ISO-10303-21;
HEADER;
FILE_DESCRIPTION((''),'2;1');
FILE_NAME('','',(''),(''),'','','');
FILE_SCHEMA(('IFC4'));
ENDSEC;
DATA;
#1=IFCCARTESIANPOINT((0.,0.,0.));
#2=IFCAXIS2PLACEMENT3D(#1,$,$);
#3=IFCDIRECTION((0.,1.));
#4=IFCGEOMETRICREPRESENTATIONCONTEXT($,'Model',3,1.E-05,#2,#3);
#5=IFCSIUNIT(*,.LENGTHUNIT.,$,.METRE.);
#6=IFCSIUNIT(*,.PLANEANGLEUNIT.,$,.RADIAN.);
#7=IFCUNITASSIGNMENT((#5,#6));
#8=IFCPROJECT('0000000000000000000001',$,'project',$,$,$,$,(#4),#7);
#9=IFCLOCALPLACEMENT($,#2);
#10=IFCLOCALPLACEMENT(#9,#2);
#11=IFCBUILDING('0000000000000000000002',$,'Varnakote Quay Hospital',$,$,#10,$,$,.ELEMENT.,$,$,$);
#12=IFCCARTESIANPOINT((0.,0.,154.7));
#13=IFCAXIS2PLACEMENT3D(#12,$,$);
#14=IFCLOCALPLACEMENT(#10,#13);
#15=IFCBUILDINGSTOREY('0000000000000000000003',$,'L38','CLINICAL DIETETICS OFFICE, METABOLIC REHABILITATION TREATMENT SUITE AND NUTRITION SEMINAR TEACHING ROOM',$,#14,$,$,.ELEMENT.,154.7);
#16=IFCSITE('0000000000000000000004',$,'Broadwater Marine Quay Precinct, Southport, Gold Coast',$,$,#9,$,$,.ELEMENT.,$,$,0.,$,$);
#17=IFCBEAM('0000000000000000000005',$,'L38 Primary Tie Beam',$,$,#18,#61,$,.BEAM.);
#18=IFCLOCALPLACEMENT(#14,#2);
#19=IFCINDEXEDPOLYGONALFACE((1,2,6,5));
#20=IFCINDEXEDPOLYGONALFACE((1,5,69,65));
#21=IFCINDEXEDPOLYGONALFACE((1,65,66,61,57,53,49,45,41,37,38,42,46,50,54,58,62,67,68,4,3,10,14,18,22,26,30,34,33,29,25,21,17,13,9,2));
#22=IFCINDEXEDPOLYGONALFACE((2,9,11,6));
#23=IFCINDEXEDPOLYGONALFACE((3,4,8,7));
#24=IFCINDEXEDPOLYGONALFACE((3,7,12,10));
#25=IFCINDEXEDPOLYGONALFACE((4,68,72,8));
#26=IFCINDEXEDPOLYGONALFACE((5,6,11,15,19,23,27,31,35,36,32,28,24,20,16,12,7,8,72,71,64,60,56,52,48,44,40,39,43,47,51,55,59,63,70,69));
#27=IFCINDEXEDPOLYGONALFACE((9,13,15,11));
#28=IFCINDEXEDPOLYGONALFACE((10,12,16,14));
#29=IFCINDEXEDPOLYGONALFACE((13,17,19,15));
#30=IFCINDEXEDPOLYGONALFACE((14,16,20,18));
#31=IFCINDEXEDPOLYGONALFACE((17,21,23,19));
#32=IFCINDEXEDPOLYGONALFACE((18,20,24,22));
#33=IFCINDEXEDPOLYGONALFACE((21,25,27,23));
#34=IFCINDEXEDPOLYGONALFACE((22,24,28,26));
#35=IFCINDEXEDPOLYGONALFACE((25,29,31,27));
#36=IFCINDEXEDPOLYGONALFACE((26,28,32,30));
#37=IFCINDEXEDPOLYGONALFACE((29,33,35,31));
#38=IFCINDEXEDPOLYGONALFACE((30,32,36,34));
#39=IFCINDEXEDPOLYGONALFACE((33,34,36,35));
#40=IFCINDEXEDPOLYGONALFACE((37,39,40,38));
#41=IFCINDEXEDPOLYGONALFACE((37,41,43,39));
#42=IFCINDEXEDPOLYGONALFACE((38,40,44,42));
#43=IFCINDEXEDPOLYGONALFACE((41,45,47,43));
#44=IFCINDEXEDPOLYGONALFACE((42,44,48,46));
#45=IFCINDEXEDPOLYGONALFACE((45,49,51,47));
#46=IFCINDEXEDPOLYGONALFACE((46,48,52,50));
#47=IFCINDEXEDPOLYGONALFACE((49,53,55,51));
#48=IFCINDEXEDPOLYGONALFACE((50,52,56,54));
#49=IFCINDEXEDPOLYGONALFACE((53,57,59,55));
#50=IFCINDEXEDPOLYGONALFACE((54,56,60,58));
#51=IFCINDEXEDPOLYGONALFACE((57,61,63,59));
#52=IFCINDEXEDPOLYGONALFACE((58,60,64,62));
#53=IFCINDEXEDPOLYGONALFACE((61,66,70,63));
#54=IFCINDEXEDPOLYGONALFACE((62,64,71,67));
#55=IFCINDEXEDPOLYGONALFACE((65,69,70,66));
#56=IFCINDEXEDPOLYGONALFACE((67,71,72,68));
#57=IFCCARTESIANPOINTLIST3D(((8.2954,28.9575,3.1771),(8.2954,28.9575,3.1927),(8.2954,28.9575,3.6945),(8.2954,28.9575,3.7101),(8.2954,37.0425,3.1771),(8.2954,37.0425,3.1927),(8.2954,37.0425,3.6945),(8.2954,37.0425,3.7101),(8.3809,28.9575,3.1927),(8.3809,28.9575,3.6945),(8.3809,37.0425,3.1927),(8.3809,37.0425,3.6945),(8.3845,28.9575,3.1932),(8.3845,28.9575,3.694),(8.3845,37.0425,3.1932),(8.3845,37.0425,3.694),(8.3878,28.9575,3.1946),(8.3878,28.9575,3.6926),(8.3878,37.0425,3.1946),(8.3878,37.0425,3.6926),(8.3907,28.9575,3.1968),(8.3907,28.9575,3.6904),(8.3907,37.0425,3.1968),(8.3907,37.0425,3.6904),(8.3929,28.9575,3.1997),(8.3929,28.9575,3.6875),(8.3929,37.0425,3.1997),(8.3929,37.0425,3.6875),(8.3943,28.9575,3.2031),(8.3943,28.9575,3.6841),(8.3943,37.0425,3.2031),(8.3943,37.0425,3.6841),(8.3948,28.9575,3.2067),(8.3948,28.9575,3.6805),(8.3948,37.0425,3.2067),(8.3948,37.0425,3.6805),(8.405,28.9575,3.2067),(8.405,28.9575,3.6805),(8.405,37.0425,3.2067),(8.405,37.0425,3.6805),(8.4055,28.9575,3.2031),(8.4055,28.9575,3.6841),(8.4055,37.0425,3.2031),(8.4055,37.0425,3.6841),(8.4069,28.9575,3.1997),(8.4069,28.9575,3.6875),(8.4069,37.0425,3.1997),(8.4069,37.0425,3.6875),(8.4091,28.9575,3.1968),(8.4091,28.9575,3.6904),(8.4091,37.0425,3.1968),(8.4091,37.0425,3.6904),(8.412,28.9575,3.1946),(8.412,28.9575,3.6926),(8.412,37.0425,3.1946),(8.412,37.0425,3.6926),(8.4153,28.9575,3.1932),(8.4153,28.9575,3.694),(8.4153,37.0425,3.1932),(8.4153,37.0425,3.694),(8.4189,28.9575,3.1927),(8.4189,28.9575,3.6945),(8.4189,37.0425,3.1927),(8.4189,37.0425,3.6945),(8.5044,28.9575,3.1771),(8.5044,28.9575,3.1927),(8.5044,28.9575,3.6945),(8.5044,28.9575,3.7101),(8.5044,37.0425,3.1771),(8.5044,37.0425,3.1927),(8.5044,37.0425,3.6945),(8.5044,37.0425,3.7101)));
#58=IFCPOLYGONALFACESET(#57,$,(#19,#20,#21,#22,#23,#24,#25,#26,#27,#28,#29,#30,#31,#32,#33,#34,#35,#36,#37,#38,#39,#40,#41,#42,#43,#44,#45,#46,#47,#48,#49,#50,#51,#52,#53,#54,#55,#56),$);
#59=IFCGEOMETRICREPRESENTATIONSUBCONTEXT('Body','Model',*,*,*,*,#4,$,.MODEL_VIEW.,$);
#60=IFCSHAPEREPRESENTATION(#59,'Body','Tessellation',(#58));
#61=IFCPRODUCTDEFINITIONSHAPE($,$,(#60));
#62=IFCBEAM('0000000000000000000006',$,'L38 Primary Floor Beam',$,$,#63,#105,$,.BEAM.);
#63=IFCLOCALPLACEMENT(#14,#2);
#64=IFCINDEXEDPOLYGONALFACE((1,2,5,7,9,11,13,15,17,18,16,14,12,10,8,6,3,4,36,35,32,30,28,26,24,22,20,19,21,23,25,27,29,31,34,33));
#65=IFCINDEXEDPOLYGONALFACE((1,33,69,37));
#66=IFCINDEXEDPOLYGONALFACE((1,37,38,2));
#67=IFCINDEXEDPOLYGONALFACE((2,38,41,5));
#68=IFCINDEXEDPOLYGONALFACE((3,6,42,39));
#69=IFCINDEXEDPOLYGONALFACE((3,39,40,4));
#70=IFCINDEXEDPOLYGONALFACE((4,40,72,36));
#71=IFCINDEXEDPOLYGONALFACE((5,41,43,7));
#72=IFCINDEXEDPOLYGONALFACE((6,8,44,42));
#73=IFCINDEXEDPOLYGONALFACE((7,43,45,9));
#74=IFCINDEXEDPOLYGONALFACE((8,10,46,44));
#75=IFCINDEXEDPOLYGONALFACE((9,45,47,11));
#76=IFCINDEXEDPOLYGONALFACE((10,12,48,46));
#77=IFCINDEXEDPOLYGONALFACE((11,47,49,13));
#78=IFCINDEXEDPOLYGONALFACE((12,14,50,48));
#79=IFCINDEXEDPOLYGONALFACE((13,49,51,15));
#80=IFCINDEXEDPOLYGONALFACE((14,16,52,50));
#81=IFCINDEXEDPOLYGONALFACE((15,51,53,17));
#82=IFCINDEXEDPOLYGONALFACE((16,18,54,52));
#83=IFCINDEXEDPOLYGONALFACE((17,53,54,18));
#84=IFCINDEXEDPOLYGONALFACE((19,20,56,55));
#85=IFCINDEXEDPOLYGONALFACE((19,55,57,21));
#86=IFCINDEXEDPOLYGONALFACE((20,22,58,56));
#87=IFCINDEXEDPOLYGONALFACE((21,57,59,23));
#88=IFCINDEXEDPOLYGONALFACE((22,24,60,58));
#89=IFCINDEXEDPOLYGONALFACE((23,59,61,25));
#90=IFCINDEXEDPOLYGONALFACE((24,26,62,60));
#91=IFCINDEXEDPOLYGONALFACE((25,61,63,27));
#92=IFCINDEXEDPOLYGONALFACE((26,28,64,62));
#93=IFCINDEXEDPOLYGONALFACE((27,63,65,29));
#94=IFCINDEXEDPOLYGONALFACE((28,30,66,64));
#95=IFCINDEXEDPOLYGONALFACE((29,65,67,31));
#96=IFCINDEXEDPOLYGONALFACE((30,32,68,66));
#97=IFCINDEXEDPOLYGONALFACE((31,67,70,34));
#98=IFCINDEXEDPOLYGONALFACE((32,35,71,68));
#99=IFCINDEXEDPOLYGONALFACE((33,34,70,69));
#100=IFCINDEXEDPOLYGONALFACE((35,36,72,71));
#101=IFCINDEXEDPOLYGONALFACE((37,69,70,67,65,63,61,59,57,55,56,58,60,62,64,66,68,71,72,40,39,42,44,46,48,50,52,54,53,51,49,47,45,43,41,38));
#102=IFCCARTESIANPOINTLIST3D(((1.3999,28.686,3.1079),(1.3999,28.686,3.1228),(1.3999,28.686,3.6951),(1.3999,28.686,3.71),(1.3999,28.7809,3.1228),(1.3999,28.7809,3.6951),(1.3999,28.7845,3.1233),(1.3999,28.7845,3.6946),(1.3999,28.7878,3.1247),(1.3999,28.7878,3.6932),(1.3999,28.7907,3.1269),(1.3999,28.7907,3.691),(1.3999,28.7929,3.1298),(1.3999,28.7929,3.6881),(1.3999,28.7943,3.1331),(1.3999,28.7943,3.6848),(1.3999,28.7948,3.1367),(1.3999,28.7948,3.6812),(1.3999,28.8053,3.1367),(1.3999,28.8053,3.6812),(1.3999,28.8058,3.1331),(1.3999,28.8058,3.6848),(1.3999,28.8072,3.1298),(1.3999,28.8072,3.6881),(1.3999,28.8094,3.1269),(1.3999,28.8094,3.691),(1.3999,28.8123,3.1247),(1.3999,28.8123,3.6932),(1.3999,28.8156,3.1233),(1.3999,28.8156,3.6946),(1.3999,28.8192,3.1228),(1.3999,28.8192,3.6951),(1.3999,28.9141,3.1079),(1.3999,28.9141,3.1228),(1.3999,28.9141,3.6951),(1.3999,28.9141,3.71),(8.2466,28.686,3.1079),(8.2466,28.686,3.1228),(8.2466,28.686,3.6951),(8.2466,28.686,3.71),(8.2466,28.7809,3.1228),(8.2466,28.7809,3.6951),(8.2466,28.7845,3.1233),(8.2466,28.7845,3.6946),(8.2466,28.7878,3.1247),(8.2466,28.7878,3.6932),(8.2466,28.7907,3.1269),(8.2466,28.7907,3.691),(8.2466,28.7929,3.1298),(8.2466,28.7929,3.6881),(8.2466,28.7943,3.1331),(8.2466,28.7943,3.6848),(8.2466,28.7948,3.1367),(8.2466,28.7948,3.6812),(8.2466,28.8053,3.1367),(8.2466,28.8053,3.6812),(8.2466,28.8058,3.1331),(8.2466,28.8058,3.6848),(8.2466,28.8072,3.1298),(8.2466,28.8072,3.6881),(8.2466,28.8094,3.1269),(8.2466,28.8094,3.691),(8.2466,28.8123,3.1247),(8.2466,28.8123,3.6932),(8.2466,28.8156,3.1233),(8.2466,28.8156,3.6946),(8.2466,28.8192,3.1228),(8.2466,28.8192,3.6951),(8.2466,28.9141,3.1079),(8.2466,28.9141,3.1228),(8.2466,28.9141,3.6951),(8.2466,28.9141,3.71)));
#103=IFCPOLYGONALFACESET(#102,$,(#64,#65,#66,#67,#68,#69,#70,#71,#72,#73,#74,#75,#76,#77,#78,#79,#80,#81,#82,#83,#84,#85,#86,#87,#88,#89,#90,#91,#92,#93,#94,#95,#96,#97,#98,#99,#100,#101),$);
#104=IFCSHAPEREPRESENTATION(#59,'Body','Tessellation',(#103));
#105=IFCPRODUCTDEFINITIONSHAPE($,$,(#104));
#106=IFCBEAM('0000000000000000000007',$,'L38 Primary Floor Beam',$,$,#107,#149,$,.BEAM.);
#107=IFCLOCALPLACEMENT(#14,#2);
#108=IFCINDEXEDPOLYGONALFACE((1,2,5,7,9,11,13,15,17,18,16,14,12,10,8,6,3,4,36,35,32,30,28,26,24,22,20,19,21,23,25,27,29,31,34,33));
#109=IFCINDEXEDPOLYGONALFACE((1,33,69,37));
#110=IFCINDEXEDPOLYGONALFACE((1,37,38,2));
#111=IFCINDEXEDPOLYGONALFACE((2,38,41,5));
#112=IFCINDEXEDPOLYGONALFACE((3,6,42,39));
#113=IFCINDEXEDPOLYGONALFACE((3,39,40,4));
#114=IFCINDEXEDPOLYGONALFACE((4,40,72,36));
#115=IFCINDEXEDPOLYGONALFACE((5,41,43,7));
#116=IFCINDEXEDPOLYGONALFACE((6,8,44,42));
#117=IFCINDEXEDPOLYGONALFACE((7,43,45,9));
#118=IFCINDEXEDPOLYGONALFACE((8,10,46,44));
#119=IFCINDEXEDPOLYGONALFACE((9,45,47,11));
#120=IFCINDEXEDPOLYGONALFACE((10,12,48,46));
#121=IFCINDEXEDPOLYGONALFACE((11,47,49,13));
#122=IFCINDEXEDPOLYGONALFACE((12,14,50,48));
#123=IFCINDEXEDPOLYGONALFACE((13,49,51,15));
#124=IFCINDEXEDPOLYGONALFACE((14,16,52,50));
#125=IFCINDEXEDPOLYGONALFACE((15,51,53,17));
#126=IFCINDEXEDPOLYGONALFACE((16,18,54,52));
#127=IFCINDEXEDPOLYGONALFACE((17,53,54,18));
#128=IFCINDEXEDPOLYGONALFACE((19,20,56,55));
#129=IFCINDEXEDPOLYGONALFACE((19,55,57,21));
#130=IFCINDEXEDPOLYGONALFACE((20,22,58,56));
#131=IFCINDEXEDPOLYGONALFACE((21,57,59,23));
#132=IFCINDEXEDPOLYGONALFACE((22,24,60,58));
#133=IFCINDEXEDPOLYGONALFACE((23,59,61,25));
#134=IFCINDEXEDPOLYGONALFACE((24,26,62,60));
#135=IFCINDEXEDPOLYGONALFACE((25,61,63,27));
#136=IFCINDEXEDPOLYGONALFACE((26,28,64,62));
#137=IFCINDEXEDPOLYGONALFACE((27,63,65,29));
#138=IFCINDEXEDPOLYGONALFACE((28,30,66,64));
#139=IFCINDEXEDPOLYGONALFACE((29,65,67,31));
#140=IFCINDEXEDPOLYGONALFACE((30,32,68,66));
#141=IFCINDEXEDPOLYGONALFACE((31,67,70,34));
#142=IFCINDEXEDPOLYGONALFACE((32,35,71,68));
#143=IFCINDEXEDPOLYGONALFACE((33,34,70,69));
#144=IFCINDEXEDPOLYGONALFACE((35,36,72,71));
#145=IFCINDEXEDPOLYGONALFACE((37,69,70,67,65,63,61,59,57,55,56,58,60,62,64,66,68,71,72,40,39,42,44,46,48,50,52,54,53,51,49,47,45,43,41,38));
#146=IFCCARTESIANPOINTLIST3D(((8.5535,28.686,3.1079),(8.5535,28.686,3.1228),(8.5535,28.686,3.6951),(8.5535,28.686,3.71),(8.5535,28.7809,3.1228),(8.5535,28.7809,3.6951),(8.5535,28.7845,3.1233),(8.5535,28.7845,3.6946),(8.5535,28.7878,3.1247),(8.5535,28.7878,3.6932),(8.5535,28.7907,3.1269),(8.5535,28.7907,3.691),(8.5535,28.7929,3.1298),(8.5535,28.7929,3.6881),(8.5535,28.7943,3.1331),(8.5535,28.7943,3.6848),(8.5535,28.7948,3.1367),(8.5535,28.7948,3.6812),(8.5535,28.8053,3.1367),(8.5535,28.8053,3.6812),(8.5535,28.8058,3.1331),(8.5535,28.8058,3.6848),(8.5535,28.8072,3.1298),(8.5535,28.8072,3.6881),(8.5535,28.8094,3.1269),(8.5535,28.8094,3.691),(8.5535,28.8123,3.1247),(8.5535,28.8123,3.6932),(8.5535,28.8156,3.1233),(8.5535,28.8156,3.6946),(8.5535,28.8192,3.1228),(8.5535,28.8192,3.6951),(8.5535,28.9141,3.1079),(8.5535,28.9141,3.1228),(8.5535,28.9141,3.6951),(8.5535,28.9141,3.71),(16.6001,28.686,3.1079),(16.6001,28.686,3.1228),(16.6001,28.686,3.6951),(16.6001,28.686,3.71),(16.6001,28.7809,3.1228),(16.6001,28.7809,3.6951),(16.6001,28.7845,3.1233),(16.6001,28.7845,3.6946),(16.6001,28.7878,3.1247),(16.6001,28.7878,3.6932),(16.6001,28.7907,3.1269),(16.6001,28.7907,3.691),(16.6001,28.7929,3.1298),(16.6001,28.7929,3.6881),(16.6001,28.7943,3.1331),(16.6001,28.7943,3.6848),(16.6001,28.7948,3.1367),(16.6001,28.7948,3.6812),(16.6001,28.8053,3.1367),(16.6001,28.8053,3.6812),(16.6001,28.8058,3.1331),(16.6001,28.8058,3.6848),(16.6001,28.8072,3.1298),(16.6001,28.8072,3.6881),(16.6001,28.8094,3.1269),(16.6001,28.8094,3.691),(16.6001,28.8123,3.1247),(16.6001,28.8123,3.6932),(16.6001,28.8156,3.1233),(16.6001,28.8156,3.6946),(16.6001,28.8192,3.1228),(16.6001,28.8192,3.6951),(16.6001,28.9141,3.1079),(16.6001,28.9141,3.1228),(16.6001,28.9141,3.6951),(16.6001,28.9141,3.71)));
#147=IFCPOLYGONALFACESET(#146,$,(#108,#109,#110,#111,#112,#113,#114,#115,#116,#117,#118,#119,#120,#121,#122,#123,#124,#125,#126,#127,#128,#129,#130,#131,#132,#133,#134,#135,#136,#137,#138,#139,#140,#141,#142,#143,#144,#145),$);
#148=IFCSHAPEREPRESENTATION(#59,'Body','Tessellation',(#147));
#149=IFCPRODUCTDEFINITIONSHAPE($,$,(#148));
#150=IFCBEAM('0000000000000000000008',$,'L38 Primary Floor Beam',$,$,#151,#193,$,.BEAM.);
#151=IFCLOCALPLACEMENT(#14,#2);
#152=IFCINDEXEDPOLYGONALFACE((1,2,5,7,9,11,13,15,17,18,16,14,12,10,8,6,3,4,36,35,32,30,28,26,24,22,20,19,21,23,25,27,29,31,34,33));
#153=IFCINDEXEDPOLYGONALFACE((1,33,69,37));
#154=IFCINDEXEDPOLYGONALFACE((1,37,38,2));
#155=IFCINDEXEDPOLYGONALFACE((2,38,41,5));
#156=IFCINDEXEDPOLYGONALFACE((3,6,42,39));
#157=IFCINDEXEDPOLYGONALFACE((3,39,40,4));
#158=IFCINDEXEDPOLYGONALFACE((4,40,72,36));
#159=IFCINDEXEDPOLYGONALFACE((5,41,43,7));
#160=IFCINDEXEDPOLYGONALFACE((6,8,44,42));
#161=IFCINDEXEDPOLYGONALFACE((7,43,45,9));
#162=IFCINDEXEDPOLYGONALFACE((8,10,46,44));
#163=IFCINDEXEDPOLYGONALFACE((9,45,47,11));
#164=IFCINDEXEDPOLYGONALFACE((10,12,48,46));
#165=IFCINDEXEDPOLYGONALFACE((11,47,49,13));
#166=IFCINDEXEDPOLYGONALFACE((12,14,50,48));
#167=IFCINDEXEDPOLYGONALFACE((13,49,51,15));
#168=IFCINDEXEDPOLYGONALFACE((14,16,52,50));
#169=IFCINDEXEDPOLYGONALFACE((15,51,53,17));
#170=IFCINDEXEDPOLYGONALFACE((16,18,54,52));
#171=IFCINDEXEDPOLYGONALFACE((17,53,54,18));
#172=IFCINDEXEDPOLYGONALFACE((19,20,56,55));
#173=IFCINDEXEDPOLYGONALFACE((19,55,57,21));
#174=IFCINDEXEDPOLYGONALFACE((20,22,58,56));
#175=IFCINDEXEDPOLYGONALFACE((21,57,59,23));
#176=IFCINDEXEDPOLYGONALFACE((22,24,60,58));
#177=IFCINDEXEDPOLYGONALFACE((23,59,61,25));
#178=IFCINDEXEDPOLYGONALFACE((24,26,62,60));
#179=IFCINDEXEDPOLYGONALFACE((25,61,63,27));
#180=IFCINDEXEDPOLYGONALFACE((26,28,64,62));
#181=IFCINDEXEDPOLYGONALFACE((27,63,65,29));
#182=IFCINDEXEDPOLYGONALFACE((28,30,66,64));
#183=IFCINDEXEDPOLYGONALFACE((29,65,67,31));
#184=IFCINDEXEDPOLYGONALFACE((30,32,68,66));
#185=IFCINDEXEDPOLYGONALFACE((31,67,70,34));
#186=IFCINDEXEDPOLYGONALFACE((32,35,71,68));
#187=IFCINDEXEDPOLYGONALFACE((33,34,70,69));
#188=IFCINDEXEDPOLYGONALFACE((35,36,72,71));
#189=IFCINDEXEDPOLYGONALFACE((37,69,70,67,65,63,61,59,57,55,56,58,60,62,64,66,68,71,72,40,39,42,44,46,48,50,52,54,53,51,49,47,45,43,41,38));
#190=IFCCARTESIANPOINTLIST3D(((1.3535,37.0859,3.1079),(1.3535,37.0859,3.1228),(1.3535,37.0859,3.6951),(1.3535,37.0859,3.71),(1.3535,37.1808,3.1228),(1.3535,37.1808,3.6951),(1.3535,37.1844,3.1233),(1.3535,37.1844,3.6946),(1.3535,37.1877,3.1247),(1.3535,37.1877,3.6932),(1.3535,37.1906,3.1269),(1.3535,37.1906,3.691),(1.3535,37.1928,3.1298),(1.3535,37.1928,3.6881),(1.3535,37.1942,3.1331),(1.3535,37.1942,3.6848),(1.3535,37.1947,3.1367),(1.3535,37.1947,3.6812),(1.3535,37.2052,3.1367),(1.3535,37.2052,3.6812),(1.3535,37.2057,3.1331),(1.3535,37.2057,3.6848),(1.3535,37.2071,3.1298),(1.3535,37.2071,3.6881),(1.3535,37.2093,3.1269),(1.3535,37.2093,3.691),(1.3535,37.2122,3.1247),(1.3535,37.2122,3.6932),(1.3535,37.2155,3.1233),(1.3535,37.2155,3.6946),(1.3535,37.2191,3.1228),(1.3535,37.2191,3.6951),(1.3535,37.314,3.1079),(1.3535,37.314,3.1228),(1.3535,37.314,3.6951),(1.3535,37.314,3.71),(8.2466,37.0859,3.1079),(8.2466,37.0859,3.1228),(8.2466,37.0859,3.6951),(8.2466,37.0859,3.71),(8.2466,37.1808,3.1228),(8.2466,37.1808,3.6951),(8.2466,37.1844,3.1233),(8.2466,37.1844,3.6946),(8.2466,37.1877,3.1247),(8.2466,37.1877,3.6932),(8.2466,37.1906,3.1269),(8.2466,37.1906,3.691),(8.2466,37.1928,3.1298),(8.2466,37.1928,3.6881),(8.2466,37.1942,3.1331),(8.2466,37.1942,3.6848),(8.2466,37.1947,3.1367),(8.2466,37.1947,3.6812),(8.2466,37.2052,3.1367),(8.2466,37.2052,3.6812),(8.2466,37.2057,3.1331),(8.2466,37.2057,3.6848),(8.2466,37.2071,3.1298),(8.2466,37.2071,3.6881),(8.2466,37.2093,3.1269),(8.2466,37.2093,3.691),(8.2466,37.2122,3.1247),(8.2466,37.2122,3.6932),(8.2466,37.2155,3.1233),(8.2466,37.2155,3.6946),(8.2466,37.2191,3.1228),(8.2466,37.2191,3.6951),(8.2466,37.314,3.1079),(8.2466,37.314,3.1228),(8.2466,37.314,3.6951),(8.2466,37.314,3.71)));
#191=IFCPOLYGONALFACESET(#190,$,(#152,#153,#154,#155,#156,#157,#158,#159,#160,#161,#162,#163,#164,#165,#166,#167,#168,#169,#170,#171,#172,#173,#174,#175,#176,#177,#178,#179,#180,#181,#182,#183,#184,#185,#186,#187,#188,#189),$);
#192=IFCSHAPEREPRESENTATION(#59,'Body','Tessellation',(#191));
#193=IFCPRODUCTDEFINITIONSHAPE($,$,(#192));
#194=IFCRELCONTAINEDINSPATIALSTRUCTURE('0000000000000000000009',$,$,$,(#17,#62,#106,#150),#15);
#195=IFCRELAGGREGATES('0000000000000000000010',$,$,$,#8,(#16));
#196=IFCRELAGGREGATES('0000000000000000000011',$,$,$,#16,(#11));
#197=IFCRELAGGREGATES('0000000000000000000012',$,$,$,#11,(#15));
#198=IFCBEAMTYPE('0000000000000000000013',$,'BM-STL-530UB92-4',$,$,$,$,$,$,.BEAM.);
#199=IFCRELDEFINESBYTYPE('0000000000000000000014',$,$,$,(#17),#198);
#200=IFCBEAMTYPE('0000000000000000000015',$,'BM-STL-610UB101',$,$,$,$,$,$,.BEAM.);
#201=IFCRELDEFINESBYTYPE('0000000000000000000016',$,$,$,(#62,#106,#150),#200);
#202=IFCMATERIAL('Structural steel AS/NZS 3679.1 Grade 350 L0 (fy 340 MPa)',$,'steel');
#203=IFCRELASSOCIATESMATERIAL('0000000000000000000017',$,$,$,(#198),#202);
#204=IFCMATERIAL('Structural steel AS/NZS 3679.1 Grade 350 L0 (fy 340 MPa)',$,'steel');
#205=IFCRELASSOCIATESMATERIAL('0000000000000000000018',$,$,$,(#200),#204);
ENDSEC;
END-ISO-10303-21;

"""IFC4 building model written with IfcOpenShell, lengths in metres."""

from ifc_helpers import new_model, si_unit, direction, frame, origin, origin_2d, place, context, subcontext, project, spatial, i_section, extrude, material, material_profile, profile_set, type_object, element, save


model = new_model("IFC4")

# Units and contexts
model_context = context("Model", 3, precision=1e-05, world=origin(), true_north=direction((0.0, 1.0)))
body_context = subcontext(model_context, "Body", "Model", "MODEL_VIEW")
ifc_project = project(units=[si_unit("LENGTHUNIT", "METRE"), si_unit("PLANEANGLEUNIT", "RADIAN")], contexts=[model_context])

# Site, building, storey
site_placement = place(None, origin())
site = spatial("IfcSite", under=ifc_project, at=site_placement, Name="Broadwater Marine Quay Precinct, Southport, Gold Coast", CompositionType="ELEMENT", RefElevation=0.0)
building_placement = place(site_placement, origin())
building = spatial("IfcBuilding", under=site, at=building_placement, Name="Varnakote Quay Hospital", CompositionType="ELEMENT")
storey_placement = place(building_placement, frame((0.0, 0.0, 154.7)))
storey = spatial("IfcBuildingStorey", under=building, at=storey_placement, Name="L38", Description="CLINICAL DIETETICS OFFICE, METABOLIC REHABILITATION TREATMENT SUITE AND NUTRITION SEMINAR TEACHING ROOM", CompositionType="ELEMENT", Elevation=154.7)

# Beams
ifc_material_1 = material(Name="Structural steel AS/NZS 3679.1 Grade 350 L0 (fy 340 MPa)", Category="steel")
ifc_material_profile_1 = material_profile(ifc_material_1, i_section(OverallWidth=0.209, OverallDepth=0.533, WebThickness=0.0103, FlangeThickness=0.0156, FilletRadius=0.0139, at=origin_2d()), Name="530UB92.4")
ifc_profile_set_1 = profile_set([ifc_material_profile_1], Name="Structural steel AS/NZS 3679.1 Grade 350 L0 (fy 340 MPa)")
beam_type_1 = type_object("IfcBeamType", Name="BM-STL-530UB92-4", PredefinedType="BEAM", material=ifc_profile_set_1)
beam_1_placement = place(storey_placement, frame((8.3999, 28.9575, 3.4436), z_axis=(0.0, 1.0, 0.0), x_axis=(-1.0, 0.0, 0.0)))
element("IfcBeam", 1, at=beam_1_placement, inside=storey, type_object=beam_type_1, Name="L38 Primary Tie Beam", PredefinedType="BEAM", context=body_context, shape_type="SweptSolid", body=[
    extrude(i_section(OverallWidth=0.209, OverallDepth=0.533, WebThickness=0.0103, FlangeThickness=0.0156, FilletRadius=0.0139, at=origin_2d()), origin(), (0.0, 0.0, 1.0), 8.085),
])
ifc_material_2 = material(Name="Structural steel AS/NZS 3679.1 Grade 350 L0 (fy 340 MPa)", Category="steel")
ifc_material_profile_2 = material_profile(ifc_material_2, i_section(OverallWidth=0.228, OverallDepth=0.6021, WebThickness=0.0105, FlangeThickness=0.0149, FilletRadius=0.0139, at=origin_2d()), Name="610UB101")
ifc_profile_set_2 = profile_set([ifc_material_profile_2], Name="Structural steel AS/NZS 3679.1 Grade 350 L0 (fy 340 MPa)")
beam_type_2 = type_object("IfcBeamType", Name="BM-STL-610UB101", PredefinedType="BEAM", material=ifc_profile_set_2)
beam_2_placement = place(storey_placement, frame((1.3999, 28.8, 3.4089), z_axis=(1.0, 0.0, 0.0), x_axis=(0.0, 1.0, 0.0)))
element("IfcBeam", 2, at=beam_2_placement, inside=storey, type_object=beam_type_2, Name="L38 Primary Floor Beam", PredefinedType="BEAM", context=body_context, shape_type="SweptSolid", body=[
    extrude(i_section(OverallWidth=0.228, OverallDepth=0.6021, WebThickness=0.0105, FlangeThickness=0.0149, FilletRadius=0.0139, at=origin_2d()), origin(), (0.0, 0.0, 1.0), 6.8467),
])
beam_3_placement = place(storey_placement, frame((8.5535, 28.8, 3.4089), z_axis=(1.0, 0.0, 0.0), x_axis=(0.0, 1.0, 0.0)))
element("IfcBeam", 3, at=beam_3_placement, inside=storey, type_object=beam_type_2, Name="L38 Primary Floor Beam", PredefinedType="BEAM", context=body_context, shape_type="SweptSolid", body=[
    extrude(i_section(OverallWidth=0.228, OverallDepth=0.6021, WebThickness=0.0105, FlangeThickness=0.0149, FilletRadius=0.0139, at=origin_2d()), origin(), (0.0, 0.0, 1.0), 8.0466),
])
beam_4_placement = place(storey_placement, frame((1.3535, 37.2, 3.4089), z_axis=(1.0, 0.0, 0.0), x_axis=(0.0, 1.0, 0.0)))
element("IfcBeam", 4, at=beam_4_placement, inside=storey, type_object=beam_type_2, Name="L38 Primary Floor Beam", PredefinedType="BEAM", context=body_context, shape_type="SweptSolid", body=[
    extrude(i_section(OverallWidth=0.228, OverallDepth=0.6021, WebThickness=0.0105, FlangeThickness=0.0149, FilletRadius=0.0139, at=origin_2d()), origin(), (0.0, 0.0, 1.0), 6.8931),
])

save(model, "model.ifc")
